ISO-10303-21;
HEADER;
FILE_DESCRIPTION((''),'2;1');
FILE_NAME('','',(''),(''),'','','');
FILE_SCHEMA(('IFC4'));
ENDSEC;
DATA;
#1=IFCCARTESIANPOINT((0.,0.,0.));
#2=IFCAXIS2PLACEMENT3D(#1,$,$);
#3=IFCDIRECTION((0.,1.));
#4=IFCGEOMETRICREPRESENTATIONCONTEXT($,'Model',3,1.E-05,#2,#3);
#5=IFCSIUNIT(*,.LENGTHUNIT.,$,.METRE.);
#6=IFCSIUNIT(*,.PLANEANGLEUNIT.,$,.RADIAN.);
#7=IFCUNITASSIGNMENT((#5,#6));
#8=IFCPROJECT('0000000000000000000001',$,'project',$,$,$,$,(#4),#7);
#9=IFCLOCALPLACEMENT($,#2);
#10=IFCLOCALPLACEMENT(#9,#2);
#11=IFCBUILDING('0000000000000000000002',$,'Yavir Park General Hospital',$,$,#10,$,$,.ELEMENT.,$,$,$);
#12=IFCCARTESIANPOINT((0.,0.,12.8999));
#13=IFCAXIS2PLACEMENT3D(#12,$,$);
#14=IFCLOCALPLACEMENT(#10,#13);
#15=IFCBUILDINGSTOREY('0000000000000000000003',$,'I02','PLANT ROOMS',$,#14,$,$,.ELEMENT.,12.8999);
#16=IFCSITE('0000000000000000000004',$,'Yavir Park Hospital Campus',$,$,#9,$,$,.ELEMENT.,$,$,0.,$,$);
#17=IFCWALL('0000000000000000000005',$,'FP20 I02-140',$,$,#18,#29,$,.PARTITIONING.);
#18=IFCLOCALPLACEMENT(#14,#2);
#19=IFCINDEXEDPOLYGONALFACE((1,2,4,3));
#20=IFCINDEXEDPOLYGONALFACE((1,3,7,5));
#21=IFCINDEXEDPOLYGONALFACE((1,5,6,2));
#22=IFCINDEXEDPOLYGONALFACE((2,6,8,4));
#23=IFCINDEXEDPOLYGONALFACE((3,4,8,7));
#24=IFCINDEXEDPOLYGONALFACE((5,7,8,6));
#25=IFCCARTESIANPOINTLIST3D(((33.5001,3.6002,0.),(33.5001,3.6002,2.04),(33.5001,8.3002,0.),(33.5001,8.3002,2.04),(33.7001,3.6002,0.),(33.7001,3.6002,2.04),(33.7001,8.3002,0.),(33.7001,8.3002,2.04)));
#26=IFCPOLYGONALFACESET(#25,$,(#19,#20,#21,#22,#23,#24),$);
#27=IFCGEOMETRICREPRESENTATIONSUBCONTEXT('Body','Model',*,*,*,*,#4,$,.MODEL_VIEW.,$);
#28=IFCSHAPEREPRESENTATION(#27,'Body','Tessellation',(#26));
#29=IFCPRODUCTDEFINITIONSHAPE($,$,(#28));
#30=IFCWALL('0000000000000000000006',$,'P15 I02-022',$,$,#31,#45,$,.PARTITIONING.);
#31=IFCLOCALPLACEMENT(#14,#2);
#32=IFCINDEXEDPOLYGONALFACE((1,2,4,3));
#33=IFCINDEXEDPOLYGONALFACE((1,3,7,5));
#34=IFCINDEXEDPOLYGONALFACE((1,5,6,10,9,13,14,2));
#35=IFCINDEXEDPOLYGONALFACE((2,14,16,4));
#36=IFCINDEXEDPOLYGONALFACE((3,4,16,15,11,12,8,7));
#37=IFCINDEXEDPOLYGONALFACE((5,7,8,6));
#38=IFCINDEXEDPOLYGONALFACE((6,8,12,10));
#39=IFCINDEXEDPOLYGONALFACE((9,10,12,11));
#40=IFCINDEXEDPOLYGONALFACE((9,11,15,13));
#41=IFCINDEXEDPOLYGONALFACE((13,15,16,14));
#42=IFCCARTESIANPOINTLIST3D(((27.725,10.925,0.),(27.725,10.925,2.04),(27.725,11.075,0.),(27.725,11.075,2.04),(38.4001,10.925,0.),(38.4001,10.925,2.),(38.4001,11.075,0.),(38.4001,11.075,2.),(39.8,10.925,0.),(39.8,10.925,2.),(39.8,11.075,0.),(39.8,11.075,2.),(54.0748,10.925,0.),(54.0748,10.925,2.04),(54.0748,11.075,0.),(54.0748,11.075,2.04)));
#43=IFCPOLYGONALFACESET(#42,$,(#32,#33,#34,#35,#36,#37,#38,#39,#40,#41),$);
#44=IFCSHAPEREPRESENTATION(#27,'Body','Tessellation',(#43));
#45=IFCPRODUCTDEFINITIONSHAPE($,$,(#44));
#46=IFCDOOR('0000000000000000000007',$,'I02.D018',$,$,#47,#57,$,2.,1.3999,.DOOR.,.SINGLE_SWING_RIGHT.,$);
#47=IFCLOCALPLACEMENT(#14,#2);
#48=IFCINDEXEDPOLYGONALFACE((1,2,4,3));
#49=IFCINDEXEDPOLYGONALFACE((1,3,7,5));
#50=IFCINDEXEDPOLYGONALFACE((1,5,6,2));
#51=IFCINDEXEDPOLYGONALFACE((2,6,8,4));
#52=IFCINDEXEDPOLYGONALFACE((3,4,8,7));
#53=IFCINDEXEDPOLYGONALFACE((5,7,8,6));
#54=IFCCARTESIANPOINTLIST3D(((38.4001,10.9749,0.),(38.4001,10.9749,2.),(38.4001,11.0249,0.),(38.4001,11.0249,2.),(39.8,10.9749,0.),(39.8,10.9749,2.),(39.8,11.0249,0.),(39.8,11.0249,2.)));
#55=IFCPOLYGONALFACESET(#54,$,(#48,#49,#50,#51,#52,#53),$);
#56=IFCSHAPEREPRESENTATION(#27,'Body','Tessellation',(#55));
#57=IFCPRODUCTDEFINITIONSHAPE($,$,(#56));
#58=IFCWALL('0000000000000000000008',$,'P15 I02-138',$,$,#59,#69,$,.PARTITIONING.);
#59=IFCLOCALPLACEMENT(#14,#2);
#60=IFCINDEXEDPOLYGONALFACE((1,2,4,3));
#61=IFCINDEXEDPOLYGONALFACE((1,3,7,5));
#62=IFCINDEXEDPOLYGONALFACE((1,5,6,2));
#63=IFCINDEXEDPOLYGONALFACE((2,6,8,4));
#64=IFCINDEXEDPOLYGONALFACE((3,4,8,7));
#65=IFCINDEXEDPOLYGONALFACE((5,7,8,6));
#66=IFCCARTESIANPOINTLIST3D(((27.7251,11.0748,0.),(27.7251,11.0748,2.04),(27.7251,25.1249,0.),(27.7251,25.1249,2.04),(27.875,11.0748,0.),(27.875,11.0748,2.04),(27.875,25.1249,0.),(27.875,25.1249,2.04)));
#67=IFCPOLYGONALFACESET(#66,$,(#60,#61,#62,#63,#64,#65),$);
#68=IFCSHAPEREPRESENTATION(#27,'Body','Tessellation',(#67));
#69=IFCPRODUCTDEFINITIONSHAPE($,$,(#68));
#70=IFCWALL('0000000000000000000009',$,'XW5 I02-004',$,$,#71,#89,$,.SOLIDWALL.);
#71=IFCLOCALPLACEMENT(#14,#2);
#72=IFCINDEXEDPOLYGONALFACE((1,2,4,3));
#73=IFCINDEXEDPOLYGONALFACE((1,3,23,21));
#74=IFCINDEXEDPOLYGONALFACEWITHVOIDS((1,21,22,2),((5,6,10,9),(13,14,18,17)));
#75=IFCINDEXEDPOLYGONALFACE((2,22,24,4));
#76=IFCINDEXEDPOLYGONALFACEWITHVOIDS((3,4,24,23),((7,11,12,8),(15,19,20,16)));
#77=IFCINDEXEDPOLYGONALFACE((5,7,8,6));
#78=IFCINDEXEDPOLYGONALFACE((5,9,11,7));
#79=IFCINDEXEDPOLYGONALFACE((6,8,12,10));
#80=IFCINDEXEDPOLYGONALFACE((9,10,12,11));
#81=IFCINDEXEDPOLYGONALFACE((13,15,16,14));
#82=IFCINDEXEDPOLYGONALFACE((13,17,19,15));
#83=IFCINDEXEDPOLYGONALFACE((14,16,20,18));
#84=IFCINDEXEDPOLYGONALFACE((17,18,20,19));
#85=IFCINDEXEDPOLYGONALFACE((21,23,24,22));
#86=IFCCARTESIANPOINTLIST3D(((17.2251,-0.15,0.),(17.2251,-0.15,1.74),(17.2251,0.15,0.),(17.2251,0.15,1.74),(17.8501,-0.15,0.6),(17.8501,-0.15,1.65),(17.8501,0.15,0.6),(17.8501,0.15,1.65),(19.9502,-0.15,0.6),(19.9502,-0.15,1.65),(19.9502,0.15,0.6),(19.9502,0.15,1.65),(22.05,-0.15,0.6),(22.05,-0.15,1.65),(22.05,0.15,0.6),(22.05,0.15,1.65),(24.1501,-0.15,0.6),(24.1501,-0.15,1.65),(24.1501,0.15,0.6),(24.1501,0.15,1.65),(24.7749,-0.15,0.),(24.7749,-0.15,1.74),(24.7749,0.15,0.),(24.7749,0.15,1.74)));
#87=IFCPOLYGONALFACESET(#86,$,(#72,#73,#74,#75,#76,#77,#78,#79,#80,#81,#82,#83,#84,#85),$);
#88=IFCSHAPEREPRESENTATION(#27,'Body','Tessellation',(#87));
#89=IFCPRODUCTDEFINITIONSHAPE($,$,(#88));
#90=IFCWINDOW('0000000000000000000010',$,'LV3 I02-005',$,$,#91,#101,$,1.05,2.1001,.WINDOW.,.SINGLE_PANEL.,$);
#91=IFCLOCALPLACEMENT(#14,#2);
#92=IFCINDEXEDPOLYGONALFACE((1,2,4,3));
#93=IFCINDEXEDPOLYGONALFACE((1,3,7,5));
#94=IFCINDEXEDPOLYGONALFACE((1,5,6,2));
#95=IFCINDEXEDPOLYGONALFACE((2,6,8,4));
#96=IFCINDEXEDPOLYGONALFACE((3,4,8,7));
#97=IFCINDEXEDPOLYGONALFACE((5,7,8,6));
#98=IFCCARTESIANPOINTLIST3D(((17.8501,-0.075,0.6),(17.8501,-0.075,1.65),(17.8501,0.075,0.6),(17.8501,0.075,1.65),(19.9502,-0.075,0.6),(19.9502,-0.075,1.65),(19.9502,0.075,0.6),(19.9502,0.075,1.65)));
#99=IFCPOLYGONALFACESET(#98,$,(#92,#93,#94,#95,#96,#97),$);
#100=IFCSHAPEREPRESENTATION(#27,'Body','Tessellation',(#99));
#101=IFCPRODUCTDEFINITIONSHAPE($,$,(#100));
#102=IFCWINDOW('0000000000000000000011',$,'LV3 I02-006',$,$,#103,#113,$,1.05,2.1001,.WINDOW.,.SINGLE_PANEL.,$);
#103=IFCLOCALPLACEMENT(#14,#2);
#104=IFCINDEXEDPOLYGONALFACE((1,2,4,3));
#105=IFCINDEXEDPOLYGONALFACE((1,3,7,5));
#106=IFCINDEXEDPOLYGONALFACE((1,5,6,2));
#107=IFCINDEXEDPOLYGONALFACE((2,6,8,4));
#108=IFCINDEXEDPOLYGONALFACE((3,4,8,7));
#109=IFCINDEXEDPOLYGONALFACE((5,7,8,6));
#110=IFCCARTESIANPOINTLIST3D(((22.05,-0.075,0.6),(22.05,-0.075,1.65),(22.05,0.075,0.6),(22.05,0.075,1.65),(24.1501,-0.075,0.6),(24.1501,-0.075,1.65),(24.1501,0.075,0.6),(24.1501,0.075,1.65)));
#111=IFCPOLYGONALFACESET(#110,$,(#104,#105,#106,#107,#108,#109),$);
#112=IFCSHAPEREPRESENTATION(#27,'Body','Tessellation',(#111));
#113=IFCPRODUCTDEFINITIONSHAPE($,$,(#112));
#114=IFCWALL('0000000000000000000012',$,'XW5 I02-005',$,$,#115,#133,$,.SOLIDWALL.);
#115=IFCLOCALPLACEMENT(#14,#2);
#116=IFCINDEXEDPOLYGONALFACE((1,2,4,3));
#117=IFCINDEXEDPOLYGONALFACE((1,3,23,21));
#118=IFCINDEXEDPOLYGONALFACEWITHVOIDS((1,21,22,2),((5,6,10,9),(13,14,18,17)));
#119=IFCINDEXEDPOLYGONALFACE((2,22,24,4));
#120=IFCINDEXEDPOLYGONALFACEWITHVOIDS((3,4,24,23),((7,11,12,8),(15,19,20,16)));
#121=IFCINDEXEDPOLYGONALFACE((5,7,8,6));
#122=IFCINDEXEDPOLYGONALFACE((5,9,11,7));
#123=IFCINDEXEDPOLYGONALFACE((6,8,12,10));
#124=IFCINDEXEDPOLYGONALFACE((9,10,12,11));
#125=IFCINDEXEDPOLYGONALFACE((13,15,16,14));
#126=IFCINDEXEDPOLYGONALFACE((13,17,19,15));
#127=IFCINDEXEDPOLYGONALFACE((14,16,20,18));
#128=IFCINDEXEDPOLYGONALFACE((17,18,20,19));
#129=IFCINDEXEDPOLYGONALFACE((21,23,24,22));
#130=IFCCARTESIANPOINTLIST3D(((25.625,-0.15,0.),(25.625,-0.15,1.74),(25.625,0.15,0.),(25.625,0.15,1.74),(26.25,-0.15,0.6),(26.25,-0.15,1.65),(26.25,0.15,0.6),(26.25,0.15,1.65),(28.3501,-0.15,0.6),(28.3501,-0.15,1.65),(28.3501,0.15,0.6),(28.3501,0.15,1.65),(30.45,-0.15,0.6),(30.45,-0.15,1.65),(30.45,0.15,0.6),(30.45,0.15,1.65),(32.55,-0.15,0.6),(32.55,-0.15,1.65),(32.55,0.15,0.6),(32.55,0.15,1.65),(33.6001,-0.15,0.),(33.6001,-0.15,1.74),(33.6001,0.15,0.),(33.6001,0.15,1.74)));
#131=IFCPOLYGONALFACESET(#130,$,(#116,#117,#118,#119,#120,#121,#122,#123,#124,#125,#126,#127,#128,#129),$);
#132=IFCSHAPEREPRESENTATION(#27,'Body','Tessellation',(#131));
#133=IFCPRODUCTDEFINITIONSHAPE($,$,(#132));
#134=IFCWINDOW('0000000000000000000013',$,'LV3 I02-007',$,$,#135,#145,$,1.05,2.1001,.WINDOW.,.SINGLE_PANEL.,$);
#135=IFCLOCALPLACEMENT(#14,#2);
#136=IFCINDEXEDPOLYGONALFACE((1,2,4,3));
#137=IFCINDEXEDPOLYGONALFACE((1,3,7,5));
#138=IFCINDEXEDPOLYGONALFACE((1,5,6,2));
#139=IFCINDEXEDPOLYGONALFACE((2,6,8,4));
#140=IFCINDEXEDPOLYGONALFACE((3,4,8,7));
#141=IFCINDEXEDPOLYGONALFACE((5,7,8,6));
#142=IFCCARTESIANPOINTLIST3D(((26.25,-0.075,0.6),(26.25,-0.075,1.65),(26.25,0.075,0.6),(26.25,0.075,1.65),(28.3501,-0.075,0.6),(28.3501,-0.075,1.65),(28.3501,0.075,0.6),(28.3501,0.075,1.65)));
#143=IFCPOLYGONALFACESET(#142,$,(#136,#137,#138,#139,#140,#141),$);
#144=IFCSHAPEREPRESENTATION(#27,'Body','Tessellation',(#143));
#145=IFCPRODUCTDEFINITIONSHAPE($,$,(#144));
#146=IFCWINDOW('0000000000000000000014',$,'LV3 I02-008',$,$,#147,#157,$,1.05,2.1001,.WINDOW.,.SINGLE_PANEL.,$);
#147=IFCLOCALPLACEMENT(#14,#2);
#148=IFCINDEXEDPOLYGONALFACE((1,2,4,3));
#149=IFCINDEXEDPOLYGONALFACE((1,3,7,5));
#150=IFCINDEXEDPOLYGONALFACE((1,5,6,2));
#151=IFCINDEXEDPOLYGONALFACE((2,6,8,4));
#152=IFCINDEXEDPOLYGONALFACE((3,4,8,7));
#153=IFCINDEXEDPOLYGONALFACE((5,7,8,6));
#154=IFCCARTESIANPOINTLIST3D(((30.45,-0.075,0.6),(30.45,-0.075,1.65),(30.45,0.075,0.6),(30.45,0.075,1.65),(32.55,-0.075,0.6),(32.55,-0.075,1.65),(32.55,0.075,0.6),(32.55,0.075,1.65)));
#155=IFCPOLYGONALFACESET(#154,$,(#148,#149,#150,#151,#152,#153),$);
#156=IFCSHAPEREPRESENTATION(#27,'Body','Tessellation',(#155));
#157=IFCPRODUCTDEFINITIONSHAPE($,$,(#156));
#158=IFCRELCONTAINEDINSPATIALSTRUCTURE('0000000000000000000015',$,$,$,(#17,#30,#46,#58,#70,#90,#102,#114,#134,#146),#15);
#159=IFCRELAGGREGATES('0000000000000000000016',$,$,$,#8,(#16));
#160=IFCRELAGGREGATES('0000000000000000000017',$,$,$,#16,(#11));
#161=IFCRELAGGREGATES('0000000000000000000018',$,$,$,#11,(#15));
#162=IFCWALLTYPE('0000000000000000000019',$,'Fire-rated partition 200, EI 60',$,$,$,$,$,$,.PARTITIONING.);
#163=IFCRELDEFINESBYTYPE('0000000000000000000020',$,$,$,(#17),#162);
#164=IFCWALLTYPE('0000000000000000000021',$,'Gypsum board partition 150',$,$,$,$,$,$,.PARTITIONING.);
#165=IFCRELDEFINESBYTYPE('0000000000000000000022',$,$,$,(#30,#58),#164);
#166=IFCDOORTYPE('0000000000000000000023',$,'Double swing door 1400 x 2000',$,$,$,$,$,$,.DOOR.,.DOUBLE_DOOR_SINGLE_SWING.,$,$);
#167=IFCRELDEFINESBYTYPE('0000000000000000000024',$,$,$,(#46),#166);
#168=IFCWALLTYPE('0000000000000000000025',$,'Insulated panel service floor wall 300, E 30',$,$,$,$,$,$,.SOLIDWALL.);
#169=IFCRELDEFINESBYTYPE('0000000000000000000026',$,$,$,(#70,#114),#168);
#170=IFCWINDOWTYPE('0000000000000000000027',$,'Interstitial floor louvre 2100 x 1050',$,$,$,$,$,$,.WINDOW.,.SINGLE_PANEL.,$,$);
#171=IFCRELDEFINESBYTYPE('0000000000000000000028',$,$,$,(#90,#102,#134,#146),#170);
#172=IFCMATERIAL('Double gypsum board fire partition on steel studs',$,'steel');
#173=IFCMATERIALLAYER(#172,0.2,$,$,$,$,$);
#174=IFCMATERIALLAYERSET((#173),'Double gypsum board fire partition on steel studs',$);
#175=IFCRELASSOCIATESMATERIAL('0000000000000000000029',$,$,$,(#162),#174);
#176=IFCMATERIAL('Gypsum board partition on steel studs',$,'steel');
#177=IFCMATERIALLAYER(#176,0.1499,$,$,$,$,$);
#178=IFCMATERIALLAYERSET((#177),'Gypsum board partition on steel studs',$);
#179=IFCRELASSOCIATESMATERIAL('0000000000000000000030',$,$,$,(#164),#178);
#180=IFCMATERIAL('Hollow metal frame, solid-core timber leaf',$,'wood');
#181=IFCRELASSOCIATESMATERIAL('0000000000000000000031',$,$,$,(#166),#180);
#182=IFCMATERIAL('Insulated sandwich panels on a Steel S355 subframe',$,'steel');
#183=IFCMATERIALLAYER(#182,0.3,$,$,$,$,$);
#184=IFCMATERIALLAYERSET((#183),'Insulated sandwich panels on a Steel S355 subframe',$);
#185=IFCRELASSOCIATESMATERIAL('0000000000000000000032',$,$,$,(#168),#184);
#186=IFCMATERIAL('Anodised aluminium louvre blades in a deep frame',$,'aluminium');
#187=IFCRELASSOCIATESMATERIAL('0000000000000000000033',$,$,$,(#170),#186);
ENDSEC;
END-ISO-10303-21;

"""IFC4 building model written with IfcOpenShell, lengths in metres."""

from ifc_helpers import new_model, si_unit, direction, frame, frame_2d, origin, place, context, subcontext, project, spatial, rectangle, extrude, material, layer, layer_set, type_object, element, fill, save


model = new_model("IFC4")

# Units and contexts
model_context = context("Model", 3, precision=1e-05, world=origin(), true_north=direction((0.0, 1.0)))
body_context = subcontext(model_context, "Body", "Model", "MODEL_VIEW")
ifc_project = project(units=[si_unit("LENGTHUNIT", "METRE"), si_unit("PLANEANGLEUNIT", "RADIAN")], contexts=[model_context])

# Site, building, storey
site_placement = place(None, origin())
site = spatial("IfcSite", under=ifc_project, at=site_placement, Name="Yavir Park Hospital Campus", CompositionType="ELEMENT", RefElevation=0.0)
building_placement = place(site_placement, origin())
building = spatial("IfcBuilding", under=site, at=building_placement, Name="Yavir Park General Hospital", CompositionType="ELEMENT")
storey_placement = place(building_placement, frame((0.0, 0.0, 12.8999)))
storey = spatial("IfcBuildingStorey", under=building, at=storey_placement, Name="I02", Description="PLANT ROOMS", CompositionType="ELEMENT", Elevation=12.8999)

# Shared definitions
ifc_material_1 = material(Name="Double gypsum board fire partition on steel studs", Category="steel")
ifc_layer_1 = layer(ifc_material_1, 0.2)
ifc_layer_set_1 = layer_set([ifc_layer_1], Name="Double gypsum board fire partition on steel studs")
wall_type_1 = type_object("IfcWallType", Name="Fire-rated partition 200, EI 60", PredefinedType="PARTITIONING", material=ifc_layer_set_1)

# Wall
wall_1_placement = place(storey_placement, frame((33.6001, 3.6001, 0.0), z_axis=(0.0, 0.0, 1.0), x_axis=(0.0, 1.0, 0.0)))
element("IfcWall", 1, at=wall_1_placement, inside=storey, type_object=wall_type_1, Name="FP20 I02-140", PredefinedType="PARTITIONING", context=body_context, shape_type="SweptSolid", body=[
    extrude(rectangle(XDim=4.7, YDim=0.2, at=frame_2d((2.3501, 0.0))), origin(), (0.0, 0.0, 1.0), 2.04),
])

# Wall, opening, door
ifc_material_2 = material(Name="Gypsum board partition on steel studs", Category="steel")
ifc_layer_2 = layer(ifc_material_2, 0.1499)
ifc_layer_set_2 = layer_set([ifc_layer_2], Name="Gypsum board partition on steel studs")
wall_type_2 = type_object("IfcWallType", Name="Gypsum board partition 150", PredefinedType="PARTITIONING", material=ifc_layer_set_2)
wall_2_placement = place(storey_placement, frame((27.7251, 11.0, 0.0), z_axis=(0.0, 0.0, 1.0), x_axis=(1.0, 0.0, 0.0)))
wall_2 = element("IfcWall", 2, at=wall_2_placement, inside=storey, type_object=wall_type_2, Name="P15 I02-022", PredefinedType="PARTITIONING", context=body_context, shape_type="SweptSolid", body=[
    extrude(rectangle(XDim=26.3499, YDim=0.1499, at=frame_2d((13.1748, 0.0))), origin(), (0.0, 0.0, 1.0), 2.04),
])
opening_1_placement = place(wall_2_placement, frame((10.675, 0.0, 0.0)))
opening_1 = element("IfcOpeningElement", 3, at=opening_1_placement, cuts=wall_2, PredefinedType="OPENING", context=body_context, shape_type="SweptSolid", body=[
    extrude(rectangle(XDim=1.3999, YDim=2.0, at=frame_2d((0.7, 1.0))), frame((0.0, 0.085, 0.0), z_axis=(0.0, -1.0, 0.0), x_axis=(1.0, 0.0, 0.0)), (0.0, 0.0, 1.0), 0.1699),
])
ifc_material_3 = material(Name="Hollow metal frame, solid-core timber leaf", Category="wood")
door_type_1 = type_object("IfcDoorType", Name="Double swing door 1400 x 2000", OperationType="DOUBLE_DOOR_SINGLE_SWING", PredefinedType="DOOR", material=ifc_material_3)
door_1_placement = place(opening_1_placement, origin())
door_1 = element("IfcDoor", 4, at=door_1_placement, inside=storey, type_object=door_type_1, Name="I02.D018", OperationType="SINGLE_SWING_RIGHT", OverallHeight=2.0, OverallWidth=1.3999, PredefinedType="DOOR", context=body_context, shape_type="SweptSolid", body=[
    extrude(rectangle(XDim=1.3999, YDim=2.0, at=frame_2d((0.7, 1.0))), frame((0.0, 0.0249, 0.0), z_axis=(0.0, -1.0, 0.0), x_axis=(1.0, 0.0, 0.0)), (0.0, 0.0, 1.0), 0.05),
])
fill(opening_1, door_1)

# Wall
wall_3_placement = place(storey_placement, frame((27.8, 11.075, 0.0), z_axis=(0.0, 0.0, 1.0), x_axis=(0.0, 1.0, 0.0)))
element("IfcWall", 5, at=wall_3_placement, inside=storey, type_object=wall_type_2, Name="P15 I02-138", PredefinedType="PARTITIONING", context=body_context, shape_type="SweptSolid", body=[
    extrude(rectangle(XDim=14.05, YDim=0.1499, at=frame_2d((7.0249, 0.0))), origin(), (0.0, 0.0, 1.0), 2.04),
])

# Walls, openings, windows
ifc_material_4 = material(Name="Insulated sandwich panels on a Steel S355 subframe", Category="steel")
ifc_layer_3 = layer(ifc_material_4, 0.3)
ifc_layer_set_3 = layer_set([ifc_layer_3], Name="Insulated sandwich panels on a Steel S355 subframe")
wall_type_3 = type_object("IfcWallType", Name="Insulated panel service floor wall 300, E 30", PredefinedType="SOLIDWALL", material=ifc_layer_set_3)
wall_4_placement = place(storey_placement, frame((17.2251, 0.0, 0.0), z_axis=(0.0, 0.0, 1.0), x_axis=(1.0, 0.0, 0.0)))
wall_4 = element("IfcWall", 6, at=wall_4_placement, inside=storey, type_object=wall_type_3, Name="XW5 I02-004", PredefinedType="SOLIDWALL", context=body_context, shape_type="SweptSolid", body=[
    extrude(rectangle(XDim=7.5498, YDim=0.3, at=frame_2d((3.7749, 0.0))), origin(), (0.0, 0.0, 1.0), 1.74),
])
opening_2_placement = place(wall_4_placement, frame((0.625, 0.0, 0.6001)))
opening_2 = element("IfcOpeningElement", 7, at=opening_2_placement, cuts=wall_4, PredefinedType="OPENING", context=body_context, shape_type="SweptSolid", body=[
    extrude(rectangle(XDim=2.1001, YDim=1.05, at=frame_2d((1.05, 0.5249))), frame((0.0, 0.1599, 0.0), z_axis=(0.0, -1.0, 0.0), x_axis=(1.0, 0.0, 0.0)), (0.0, 0.0, 1.0), 0.3201),
])
opening_3_placement = place(wall_4_placement, frame((4.825, 0.0, 0.6001)))
opening_3 = element("IfcOpeningElement", 8, at=opening_3_placement, cuts=wall_4, PredefinedType="OPENING", context=body_context, shape_type="SweptSolid", body=[
    extrude(rectangle(XDim=2.1001, YDim=1.05, at=frame_2d((1.05, 0.5249))), frame((0.0, 0.1599, 0.0), z_axis=(0.0, -1.0, 0.0), x_axis=(1.0, 0.0, 0.0)), (0.0, 0.0, 1.0), 0.3201),
])
ifc_material_5 = material(Name="Anodised aluminium louvre blades in a deep frame", Category="aluminium")
window_type = type_object("IfcWindowType", Name="Interstitial floor louvre 2100 x 1050", PartitioningType="SINGLE_PANEL", PredefinedType="WINDOW", material=ifc_material_5)
window_1_placement = place(opening_2_placement, origin())
window_1 = element("IfcWindow", 9, at=window_1_placement, inside=storey, type_object=window_type, Name="LV3 I02-005", OverallHeight=1.05, OverallWidth=2.1001, PartitioningType="SINGLE_PANEL", PredefinedType="WINDOW", context=body_context, shape_type="SweptSolid", body=[
    extrude(rectangle(XDim=2.1001, YDim=1.05, at=frame_2d((1.05, 0.5249))), frame((0.0, 0.075, 0.0), z_axis=(0.0, -1.0, 0.0), x_axis=(1.0, 0.0, 0.0)), (0.0, 0.0, 1.0), 0.1499),
])
fill(opening_2, window_1)
window_2_placement = place(opening_3_placement, origin())
window_2 = element("IfcWindow", 10, at=window_2_placement, inside=storey, type_object=window_type, Name="LV3 I02-006", OverallHeight=1.05, OverallWidth=2.1001, PartitioningType="SINGLE_PANEL", PredefinedType="WINDOW", context=body_context, shape_type="SweptSolid", body=[
    extrude(rectangle(XDim=2.1001, YDim=1.05, at=frame_2d((1.05, 0.5249))), frame((0.0, 0.075, 0.0), z_axis=(0.0, -1.0, 0.0), x_axis=(1.0, 0.0, 0.0)), (0.0, 0.0, 1.0), 0.1499),
])
fill(opening_3, window_2)
wall_5_placement = place(storey_placement, frame((25.625, 0.0, 0.0), z_axis=(0.0, 0.0, 1.0), x_axis=(1.0, 0.0, 0.0)))
wall_5 = element("IfcWall", 11, at=wall_5_placement, inside=storey, type_object=wall_type_3, Name="XW5 I02-005", PredefinedType="SOLIDWALL", context=body_context, shape_type="SweptSolid", body=[
    extrude(rectangle(XDim=7.9751, YDim=0.3, at=frame_2d((3.9875, 0.0))), origin(), (0.0, 0.0, 1.0), 1.74),
])
opening_4_placement = place(wall_5_placement, frame((0.625, 0.0, 0.6001)))
opening_4 = element("IfcOpeningElement", 12, at=opening_4_placement, cuts=wall_5, PredefinedType="OPENING", context=body_context, shape_type="SweptSolid", body=[
    extrude(rectangle(XDim=2.1001, YDim=1.05, at=frame_2d((1.05, 0.5249))), frame((0.0, 0.1599, 0.0), z_axis=(0.0, -1.0, 0.0), x_axis=(1.0, 0.0, 0.0)), (0.0, 0.0, 1.0), 0.3201),
])
opening_5_placement = place(wall_5_placement, frame((4.825, 0.0, 0.6001)))
opening_5 = element("IfcOpeningElement", 13, at=opening_5_placement, cuts=wall_5, PredefinedType="OPENING", context=body_context, shape_type="SweptSolid", body=[
    extrude(rectangle(XDim=2.1001, YDim=1.05, at=frame_2d((1.05, 0.5249))), frame((0.0, 0.1599, 0.0), z_axis=(0.0, -1.0, 0.0), x_axis=(1.0, 0.0, 0.0)), (0.0, 0.0, 1.0), 0.3201),
])
window_3_placement = place(opening_4_placement, origin())
window_3 = element("IfcWindow", 14, at=window_3_placement, inside=storey, type_object=window_type, Name="LV3 I02-007", OverallHeight=1.05, OverallWidth=2.1001, PartitioningType="SINGLE_PANEL", PredefinedType="WINDOW", context=body_context, shape_type="SweptSolid", body=[
    extrude(rectangle(XDim=2.1001, YDim=1.05, at=frame_2d((1.05, 0.5249))), frame((0.0, 0.075, 0.0), z_axis=(0.0, -1.0, 0.0), x_axis=(1.0, 0.0, 0.0)), (0.0, 0.0, 1.0), 0.1499),
])
fill(opening_4, window_3)
window_4_placement = place(opening_5_placement, origin())
window_4 = element("IfcWindow", 15, at=window_4_placement, inside=storey, type_object=window_type, Name="LV3 I02-008", OverallHeight=1.05, OverallWidth=2.1001, PartitioningType="SINGLE_PANEL", PredefinedType="WINDOW", context=body_context, shape_type="SweptSolid", body=[
    extrude(rectangle(XDim=2.1001, YDim=1.05, at=frame_2d((1.05, 0.5249))), frame((0.0, 0.075, 0.0), z_axis=(0.0, -1.0, 0.0), x_axis=(1.0, 0.0, 0.0)), (0.0, 0.0, 1.0), 0.1499),
])
fill(opening_5, window_4)

save(model, "model.ifc")
